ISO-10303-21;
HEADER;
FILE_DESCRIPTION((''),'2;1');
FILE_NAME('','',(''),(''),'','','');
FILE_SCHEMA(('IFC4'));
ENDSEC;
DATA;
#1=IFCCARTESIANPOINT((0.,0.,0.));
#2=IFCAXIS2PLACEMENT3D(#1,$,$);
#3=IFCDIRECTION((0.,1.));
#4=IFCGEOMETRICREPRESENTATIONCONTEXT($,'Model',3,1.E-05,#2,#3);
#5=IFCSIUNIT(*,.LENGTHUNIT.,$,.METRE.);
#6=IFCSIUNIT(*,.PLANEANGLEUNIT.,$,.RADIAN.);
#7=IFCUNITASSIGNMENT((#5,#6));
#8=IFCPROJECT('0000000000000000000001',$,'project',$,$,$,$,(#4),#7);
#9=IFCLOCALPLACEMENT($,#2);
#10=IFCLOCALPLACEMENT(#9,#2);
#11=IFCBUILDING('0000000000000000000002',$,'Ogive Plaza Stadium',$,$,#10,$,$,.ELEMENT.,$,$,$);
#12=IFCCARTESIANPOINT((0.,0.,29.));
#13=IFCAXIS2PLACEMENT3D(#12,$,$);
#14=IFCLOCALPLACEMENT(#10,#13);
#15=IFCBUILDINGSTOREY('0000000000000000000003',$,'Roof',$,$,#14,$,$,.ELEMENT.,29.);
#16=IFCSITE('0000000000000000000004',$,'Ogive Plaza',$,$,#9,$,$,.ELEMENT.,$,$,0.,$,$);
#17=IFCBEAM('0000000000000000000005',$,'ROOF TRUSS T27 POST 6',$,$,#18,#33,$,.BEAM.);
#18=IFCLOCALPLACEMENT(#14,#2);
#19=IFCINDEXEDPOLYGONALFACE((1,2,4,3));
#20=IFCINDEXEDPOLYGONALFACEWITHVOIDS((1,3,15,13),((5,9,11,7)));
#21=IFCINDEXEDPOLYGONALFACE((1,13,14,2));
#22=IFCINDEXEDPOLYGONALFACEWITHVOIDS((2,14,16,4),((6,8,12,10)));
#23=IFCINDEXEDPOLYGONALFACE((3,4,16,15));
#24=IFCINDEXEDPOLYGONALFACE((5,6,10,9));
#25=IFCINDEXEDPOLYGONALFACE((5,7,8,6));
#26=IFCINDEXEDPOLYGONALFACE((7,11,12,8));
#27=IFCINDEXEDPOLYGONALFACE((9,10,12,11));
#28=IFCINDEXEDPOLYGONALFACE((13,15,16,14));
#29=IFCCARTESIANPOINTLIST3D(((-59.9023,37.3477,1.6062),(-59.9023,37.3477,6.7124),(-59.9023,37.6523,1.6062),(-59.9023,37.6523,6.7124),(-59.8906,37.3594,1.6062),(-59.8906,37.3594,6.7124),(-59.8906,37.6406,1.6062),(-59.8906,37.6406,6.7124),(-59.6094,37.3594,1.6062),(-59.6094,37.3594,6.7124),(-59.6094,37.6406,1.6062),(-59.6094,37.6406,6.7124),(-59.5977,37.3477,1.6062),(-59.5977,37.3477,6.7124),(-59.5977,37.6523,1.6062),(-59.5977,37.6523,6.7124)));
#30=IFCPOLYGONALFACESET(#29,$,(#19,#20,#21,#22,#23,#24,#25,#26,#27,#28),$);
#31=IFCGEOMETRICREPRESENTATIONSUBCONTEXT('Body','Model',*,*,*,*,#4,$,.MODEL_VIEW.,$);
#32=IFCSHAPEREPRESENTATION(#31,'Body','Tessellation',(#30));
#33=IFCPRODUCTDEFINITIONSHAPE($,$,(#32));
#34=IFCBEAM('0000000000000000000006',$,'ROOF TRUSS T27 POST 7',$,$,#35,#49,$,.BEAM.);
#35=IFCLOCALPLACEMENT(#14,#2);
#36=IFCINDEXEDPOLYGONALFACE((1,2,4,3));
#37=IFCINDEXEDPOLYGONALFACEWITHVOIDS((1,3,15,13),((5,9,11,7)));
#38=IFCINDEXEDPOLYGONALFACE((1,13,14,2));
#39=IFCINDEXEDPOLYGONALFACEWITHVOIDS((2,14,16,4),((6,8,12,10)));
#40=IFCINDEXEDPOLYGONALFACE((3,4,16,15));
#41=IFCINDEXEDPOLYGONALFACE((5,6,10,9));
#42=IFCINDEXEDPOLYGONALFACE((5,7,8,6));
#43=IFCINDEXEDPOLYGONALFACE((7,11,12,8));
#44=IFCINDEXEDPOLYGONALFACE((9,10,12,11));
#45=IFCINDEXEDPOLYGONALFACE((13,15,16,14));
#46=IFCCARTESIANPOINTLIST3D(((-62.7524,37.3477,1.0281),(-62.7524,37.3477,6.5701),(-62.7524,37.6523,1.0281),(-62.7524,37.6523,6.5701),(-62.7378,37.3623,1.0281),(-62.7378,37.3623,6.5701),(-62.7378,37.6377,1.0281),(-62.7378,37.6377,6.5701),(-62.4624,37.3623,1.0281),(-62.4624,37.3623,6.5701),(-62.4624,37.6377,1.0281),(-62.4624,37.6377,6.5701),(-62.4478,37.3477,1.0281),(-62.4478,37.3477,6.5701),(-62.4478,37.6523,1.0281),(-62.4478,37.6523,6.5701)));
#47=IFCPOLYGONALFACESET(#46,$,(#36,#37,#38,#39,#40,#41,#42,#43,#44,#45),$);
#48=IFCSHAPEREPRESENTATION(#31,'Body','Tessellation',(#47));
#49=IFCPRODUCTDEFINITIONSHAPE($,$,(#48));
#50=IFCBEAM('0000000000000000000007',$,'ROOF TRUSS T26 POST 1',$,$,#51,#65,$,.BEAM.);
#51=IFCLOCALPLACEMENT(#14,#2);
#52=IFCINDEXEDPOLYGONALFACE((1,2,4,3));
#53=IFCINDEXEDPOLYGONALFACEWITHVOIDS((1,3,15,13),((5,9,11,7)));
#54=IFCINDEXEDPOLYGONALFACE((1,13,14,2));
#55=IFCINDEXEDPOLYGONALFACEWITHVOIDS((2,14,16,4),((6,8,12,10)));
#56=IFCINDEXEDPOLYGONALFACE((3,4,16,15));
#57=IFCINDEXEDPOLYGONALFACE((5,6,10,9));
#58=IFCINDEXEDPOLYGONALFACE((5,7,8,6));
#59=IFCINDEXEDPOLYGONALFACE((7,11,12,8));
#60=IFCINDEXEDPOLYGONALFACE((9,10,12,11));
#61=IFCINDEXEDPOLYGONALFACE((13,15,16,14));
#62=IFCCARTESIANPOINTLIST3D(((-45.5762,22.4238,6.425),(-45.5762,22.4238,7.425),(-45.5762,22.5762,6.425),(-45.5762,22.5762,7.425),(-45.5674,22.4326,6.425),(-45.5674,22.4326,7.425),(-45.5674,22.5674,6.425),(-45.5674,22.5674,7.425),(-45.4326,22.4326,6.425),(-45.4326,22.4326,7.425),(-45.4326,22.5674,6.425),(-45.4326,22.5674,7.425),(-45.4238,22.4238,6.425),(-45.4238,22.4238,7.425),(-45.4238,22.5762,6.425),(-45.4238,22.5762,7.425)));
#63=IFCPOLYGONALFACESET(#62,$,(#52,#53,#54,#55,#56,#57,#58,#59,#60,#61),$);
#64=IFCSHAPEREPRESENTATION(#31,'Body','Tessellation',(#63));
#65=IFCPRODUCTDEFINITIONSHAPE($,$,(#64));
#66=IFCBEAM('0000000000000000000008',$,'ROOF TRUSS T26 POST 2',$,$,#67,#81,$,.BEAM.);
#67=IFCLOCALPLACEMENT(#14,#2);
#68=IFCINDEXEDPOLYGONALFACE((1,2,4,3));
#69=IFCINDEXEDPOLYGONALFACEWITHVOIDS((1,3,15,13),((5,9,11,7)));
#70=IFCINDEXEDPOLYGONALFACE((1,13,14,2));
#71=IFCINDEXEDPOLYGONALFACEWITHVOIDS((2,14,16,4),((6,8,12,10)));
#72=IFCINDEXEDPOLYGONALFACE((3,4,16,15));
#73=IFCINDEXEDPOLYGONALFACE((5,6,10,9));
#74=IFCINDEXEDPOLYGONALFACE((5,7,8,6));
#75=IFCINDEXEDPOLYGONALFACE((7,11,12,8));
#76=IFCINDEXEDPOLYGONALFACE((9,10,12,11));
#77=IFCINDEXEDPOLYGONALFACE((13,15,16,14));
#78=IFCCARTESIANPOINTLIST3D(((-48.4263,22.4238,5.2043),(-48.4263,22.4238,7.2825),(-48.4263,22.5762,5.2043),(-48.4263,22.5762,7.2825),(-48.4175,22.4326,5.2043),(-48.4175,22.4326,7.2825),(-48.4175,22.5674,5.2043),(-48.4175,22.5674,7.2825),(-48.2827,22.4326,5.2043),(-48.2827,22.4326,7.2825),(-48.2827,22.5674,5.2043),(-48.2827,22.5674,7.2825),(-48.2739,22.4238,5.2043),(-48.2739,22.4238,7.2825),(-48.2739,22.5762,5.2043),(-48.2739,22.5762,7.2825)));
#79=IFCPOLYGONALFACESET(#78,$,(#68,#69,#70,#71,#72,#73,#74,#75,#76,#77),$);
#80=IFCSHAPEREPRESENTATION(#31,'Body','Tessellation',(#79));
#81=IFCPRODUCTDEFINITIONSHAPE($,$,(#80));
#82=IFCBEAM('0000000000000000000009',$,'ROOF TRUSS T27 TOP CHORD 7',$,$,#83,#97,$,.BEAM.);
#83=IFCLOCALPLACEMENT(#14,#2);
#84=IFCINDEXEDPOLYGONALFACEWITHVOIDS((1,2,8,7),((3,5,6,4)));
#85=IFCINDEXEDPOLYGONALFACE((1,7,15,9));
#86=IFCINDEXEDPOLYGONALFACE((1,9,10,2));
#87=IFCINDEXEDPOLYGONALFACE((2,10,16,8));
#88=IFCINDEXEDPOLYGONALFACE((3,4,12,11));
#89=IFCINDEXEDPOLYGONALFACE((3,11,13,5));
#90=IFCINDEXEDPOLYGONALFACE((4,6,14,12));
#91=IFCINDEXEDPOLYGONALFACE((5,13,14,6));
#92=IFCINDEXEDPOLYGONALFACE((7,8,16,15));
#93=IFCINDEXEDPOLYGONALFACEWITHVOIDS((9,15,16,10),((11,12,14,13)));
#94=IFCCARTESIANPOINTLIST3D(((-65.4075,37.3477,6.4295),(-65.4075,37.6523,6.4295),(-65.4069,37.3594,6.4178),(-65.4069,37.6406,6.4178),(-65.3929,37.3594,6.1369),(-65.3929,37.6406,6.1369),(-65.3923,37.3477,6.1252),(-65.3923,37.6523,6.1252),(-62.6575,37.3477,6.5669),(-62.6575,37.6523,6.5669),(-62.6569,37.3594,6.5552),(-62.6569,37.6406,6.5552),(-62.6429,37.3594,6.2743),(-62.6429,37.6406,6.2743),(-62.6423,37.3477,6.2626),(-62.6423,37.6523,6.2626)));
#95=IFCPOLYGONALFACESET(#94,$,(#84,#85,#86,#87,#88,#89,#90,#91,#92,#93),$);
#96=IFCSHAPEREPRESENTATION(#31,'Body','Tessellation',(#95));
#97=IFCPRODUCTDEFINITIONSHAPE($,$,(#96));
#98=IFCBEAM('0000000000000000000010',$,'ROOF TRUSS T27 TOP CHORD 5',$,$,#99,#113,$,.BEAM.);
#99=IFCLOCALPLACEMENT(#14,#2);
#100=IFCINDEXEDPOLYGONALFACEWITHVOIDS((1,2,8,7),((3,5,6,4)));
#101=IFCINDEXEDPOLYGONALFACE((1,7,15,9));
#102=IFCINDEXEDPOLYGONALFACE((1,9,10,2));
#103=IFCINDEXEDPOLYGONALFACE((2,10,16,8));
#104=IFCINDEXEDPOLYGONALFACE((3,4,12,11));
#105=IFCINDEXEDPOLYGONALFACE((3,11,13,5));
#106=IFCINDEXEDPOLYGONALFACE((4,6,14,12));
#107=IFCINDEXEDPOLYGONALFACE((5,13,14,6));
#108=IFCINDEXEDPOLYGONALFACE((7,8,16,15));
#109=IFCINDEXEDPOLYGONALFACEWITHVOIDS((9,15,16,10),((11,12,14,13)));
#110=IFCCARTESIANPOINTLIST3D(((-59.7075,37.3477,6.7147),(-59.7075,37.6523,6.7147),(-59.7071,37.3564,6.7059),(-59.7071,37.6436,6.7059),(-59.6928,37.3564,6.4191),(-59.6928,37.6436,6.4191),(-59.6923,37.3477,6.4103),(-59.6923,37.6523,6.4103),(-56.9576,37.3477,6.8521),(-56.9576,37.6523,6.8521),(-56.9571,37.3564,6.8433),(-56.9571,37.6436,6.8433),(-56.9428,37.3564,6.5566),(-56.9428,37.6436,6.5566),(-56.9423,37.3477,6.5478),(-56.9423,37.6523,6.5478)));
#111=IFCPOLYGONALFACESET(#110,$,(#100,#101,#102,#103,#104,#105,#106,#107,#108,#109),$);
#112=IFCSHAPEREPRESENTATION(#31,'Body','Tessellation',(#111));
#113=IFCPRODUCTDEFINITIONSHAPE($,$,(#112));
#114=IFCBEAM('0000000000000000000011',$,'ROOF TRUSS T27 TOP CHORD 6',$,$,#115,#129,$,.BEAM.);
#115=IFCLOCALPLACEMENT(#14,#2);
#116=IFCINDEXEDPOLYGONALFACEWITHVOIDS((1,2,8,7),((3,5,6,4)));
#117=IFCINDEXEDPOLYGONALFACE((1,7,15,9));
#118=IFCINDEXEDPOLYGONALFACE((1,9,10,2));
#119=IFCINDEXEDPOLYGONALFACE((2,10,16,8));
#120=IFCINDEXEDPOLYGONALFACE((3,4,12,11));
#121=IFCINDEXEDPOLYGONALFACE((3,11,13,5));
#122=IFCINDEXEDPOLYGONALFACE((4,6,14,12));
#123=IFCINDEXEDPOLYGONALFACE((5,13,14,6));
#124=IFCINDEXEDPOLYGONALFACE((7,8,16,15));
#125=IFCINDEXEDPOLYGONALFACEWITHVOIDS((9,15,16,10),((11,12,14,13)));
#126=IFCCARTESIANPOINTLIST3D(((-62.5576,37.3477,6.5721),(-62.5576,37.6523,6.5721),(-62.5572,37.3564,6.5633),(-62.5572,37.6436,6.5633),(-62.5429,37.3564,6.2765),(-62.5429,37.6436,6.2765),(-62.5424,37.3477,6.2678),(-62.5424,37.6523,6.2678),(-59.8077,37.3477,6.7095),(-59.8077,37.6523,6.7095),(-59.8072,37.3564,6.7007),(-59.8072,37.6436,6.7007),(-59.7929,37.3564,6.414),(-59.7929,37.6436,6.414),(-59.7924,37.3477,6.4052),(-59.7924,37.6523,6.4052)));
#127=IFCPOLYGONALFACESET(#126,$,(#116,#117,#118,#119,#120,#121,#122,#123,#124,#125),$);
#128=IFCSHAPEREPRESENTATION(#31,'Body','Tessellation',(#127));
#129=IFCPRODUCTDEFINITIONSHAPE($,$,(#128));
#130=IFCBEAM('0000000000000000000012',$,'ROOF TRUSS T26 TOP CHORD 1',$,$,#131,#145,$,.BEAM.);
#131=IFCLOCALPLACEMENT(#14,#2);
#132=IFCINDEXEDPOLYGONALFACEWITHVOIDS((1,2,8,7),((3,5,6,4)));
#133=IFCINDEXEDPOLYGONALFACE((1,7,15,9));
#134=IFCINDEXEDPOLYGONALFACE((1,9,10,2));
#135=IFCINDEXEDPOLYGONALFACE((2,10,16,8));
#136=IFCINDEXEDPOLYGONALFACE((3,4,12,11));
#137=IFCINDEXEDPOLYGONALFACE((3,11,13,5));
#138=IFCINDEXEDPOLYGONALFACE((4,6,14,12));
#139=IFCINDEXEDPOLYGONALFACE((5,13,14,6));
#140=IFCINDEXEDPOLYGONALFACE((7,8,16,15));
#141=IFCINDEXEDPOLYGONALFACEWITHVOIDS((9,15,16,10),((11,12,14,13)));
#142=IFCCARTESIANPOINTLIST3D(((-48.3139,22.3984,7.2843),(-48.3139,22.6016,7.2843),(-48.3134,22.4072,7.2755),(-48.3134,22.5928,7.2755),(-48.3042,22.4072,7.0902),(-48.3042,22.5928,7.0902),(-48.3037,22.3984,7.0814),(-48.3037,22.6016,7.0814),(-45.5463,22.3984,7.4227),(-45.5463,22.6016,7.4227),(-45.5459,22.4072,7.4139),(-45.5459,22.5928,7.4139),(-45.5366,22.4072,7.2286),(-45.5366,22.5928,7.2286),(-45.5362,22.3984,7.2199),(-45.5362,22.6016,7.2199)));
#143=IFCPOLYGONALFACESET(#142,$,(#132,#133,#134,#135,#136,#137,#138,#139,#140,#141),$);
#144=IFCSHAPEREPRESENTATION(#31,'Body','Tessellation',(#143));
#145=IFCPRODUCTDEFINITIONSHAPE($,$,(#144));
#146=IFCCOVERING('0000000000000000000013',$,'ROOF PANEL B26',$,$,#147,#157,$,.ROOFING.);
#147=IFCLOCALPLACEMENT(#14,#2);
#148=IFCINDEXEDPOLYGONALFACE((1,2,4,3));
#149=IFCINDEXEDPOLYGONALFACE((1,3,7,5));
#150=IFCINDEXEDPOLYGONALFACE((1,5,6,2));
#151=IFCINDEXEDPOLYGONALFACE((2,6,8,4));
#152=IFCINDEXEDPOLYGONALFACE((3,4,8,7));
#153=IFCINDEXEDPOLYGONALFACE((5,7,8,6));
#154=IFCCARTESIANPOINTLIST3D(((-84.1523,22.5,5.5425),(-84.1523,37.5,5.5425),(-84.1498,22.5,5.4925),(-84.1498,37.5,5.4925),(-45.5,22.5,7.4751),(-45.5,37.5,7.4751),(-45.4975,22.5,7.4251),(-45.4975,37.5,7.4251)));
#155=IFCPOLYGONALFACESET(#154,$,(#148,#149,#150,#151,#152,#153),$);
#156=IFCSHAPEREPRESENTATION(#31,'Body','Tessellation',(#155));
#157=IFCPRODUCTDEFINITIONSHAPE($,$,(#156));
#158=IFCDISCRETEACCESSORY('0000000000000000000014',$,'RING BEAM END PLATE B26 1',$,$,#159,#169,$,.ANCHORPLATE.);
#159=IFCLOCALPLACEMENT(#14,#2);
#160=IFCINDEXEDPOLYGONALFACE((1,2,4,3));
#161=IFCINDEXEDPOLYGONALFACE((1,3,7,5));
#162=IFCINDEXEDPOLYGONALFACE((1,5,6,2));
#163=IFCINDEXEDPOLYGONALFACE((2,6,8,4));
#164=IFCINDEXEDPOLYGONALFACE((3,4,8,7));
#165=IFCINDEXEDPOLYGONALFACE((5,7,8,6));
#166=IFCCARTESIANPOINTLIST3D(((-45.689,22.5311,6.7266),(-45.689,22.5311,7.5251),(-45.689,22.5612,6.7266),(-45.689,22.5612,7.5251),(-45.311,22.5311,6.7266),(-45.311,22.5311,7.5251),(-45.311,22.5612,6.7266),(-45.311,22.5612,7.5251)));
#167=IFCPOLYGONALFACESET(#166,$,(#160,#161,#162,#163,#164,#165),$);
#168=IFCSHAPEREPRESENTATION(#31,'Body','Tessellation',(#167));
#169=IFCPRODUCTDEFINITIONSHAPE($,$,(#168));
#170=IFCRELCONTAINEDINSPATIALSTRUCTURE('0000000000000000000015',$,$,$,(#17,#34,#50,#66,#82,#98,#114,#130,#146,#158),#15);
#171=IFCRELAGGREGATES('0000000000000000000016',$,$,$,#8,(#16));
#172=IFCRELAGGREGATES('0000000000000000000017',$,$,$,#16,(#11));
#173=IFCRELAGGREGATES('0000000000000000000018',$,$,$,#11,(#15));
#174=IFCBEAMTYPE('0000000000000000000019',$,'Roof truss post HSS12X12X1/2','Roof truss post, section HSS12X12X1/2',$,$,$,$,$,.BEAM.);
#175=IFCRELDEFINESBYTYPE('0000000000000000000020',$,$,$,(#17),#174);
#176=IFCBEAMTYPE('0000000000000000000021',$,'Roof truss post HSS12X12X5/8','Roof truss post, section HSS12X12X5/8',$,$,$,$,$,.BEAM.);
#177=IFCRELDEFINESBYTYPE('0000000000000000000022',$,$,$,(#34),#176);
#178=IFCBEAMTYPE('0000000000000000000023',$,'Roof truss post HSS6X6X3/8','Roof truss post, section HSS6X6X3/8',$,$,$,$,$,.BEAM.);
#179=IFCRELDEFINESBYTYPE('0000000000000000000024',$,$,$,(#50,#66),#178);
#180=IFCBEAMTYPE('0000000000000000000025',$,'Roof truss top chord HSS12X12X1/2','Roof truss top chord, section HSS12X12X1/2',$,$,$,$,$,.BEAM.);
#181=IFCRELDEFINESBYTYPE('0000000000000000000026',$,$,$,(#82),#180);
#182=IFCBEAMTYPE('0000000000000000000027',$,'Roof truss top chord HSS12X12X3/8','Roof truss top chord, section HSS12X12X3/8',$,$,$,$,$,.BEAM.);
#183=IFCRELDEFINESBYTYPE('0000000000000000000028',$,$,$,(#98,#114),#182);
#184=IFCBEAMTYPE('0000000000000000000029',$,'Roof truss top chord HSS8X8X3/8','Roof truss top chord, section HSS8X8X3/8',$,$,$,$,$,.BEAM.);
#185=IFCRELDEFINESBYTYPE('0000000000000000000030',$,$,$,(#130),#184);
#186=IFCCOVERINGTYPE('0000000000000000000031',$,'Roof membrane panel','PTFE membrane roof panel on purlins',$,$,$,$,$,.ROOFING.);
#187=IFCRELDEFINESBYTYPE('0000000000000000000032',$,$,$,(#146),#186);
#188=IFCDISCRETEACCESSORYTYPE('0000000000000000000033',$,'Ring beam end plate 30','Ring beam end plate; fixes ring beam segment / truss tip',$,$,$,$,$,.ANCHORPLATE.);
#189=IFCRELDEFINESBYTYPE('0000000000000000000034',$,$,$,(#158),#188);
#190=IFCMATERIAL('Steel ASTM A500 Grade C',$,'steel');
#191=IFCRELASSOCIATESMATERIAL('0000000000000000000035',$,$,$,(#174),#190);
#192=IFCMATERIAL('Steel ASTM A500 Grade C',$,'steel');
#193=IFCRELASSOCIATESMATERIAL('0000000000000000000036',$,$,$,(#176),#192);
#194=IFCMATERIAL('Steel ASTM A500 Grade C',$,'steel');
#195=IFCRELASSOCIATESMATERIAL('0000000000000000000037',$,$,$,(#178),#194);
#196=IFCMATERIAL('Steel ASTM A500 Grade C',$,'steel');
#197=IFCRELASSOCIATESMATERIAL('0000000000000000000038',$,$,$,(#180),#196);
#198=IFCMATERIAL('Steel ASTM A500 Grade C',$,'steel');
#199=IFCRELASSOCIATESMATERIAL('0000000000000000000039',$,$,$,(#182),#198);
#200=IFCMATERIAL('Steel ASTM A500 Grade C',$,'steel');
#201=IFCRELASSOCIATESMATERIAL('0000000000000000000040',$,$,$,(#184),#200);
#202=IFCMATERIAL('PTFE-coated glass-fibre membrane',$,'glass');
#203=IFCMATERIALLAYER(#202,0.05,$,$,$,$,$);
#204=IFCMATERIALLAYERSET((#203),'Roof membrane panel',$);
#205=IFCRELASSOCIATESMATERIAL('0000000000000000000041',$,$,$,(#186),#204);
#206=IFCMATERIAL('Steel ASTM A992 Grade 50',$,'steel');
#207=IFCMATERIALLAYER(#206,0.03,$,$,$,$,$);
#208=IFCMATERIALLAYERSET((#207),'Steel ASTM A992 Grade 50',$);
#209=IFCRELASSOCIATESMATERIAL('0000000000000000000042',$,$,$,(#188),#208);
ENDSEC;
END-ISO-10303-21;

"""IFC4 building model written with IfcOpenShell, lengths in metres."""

from ifc_helpers import new_model, si_unit, direction, frame, origin, origin_2d, place, context, subcontext, project, spatial, polyline, rectangle, hollow_rectangle, outline, extrude, material, layer, layer_set, material_profile, profile_set, type_object, element, save


model = new_model("IFC4")

# Units and contexts
model_context = context("Model", 3, precision=1e-05, world=origin(), true_north=direction((0.0, 1.0)))
body_context = subcontext(model_context, "Body", "Model", "MODEL_VIEW")
ifc_project = project(units=[si_unit("LENGTHUNIT", "METRE"), si_unit("PLANEANGLEUNIT", "RADIAN")], contexts=[model_context])

# Site, building, storey
site_placement = place(None, origin())
site = spatial("IfcSite", under=ifc_project, at=site_placement, Name="Ogive Plaza", CompositionType="ELEMENT", RefElevation=0.0)
building_placement = place(site_placement, origin())
building = spatial("IfcBuilding", under=site, at=building_placement, Name="Ogive Plaza Stadium", CompositionType="ELEMENT")
storey_placement = place(building_placement, frame((0.0, 0.0, 29.0)))
storey = spatial("IfcBuildingStorey", under=building, at=storey_placement, Name="Roof", CompositionType="ELEMENT", Elevation=29.0)

# Beams
ifc_material_1 = material(Name="Steel ASTM A500 Grade C", Category="steel")
ifc_material_profile_1 = material_profile(ifc_material_1, hollow_rectangle(XDim=0.3047, YDim=0.3047, WallThickness=0.0117, at=origin_2d()), Name="HSS12X12X1/2")
ifc_profile_set_1 = profile_set([ifc_material_profile_1], Name="Steel ASTM A500 Grade C")
beam_type_1 = type_object("IfcBeamType", Name="Roof truss post HSS12X12X1/2", Description="Roof truss post, section HSS12X12X1/2", PredefinedType="BEAM", material=ifc_profile_set_1)
beam_1_placement = place(storey_placement, frame((-59.75, 37.5, 1.6062), z_axis=(0.0, 0.0, 1.0), x_axis=(0.0, -1.0, 0.0)))
element("IfcBeam", 1, at=beam_1_placement, inside=storey, type_object=beam_type_1, Name="ROOF TRUSS T27 POST 6", PredefinedType="BEAM", context=body_context, shape_type="SweptSolid", body=[
    extrude(hollow_rectangle(XDim=0.3047, YDim=0.3047, WallThickness=0.0117, at=origin_2d()), origin(), (0.0, 0.0, 1.0), 5.1062),
])
ifc_material_2 = material(Name="Steel ASTM A500 Grade C", Category="steel")
ifc_material_profile_2 = material_profile(ifc_material_2, hollow_rectangle(XDim=0.3047, YDim=0.3047, WallThickness=0.0146, at=origin_2d()), Name="HSS12X12X5/8")
ifc_profile_set_2 = profile_set([ifc_material_profile_2], Name="Steel ASTM A500 Grade C")
beam_type_2 = type_object("IfcBeamType", Name="Roof truss post HSS12X12X5/8", Description="Roof truss post, section HSS12X12X5/8", PredefinedType="BEAM", material=ifc_profile_set_2)
beam_2_placement = place(storey_placement, frame((-62.6001, 37.5, 1.0281), z_axis=(0.0, 0.0, 1.0), x_axis=(0.0, -1.0, 0.0)))
element("IfcBeam", 2, at=beam_2_placement, inside=storey, type_object=beam_type_2, Name="ROOF TRUSS T27 POST 7", PredefinedType="BEAM", context=body_context, shape_type="SweptSolid", body=[
    extrude(hollow_rectangle(XDim=0.3047, YDim=0.3047, WallThickness=0.0146, at=origin_2d()), origin(), (0.0, 0.0, 1.0), 5.542),
])
ifc_material_3 = material(Name="Steel ASTM A500 Grade C", Category="steel")
ifc_material_profile_3 = material_profile(ifc_material_3, hollow_rectangle(XDim=0.1523, YDim=0.1523, WallThickness=0.0088, at=origin_2d()), Name="HSS6X6X3/8")
ifc_profile_set_3 = profile_set([ifc_material_profile_3], Name="Steel ASTM A500 Grade C")
beam_type_3 = type_object("IfcBeamType", Name="Roof truss post HSS6X6X3/8", Description="Roof truss post, section HSS6X6X3/8", PredefinedType="BEAM", material=ifc_profile_set_3)
beam_3_placement = place(storey_placement, frame((-45.5, 22.5, 6.425), z_axis=(0.0, 0.0, 1.0), x_axis=(0.0, -1.0, 0.0)))
element("IfcBeam", 3, at=beam_3_placement, inside=storey, type_object=beam_type_3, Name="ROOF TRUSS T26 POST 1", PredefinedType="BEAM", context=body_context, shape_type="SweptSolid", body=[
    extrude(hollow_rectangle(XDim=0.1523, YDim=0.1523, WallThickness=0.0088, at=origin_2d()), origin(), (0.0, 0.0, 1.0), 1.0),
])
beam_4_placement = place(storey_placement, frame((-48.3501, 22.5, 5.2043), z_axis=(0.0, 0.0, 1.0), x_axis=(0.0, -1.0, 0.0)))
element("IfcBeam", 4, at=beam_4_placement, inside=storey, type_object=beam_type_3, Name="ROOF TRUSS T26 POST 2", PredefinedType="BEAM", context=body_context, shape_type="SweptSolid", body=[
    extrude(hollow_rectangle(XDim=0.1523, YDim=0.1523, WallThickness=0.0088, at=origin_2d()), origin(), (0.0, 0.0, 1.0), 2.0781),
])
ifc_material_4 = material(Name="Steel ASTM A500 Grade C", Category="steel")
ifc_material_profile_4 = material_profile(ifc_material_4, hollow_rectangle(XDim=0.3047, YDim=0.3047, WallThickness=0.0117, at=origin_2d()), Name="HSS12X12X1/2")
ifc_profile_set_4 = profile_set([ifc_material_profile_4], Name="Steel ASTM A500 Grade C")
beam_type_4 = type_object("IfcBeamType", Name="Roof truss top chord HSS12X12X1/2", Description="Roof truss top chord, section HSS12X12X1/2", PredefinedType="BEAM", material=ifc_profile_set_4)
beam_5_placement = place(storey_placement, frame((-62.6499, 37.5, 6.4148), z_axis=(-0.998753, 0.0, -0.04992), x_axis=(0.0, -1.0, 0.0)))
element("IfcBeam", 5, at=beam_5_placement, inside=storey, type_object=beam_type_4, Name="ROOF TRUSS T27 TOP CHORD 7", PredefinedType="BEAM", context=body_context, shape_type="SweptSolid", body=[
    extrude(hollow_rectangle(XDim=0.3047, YDim=0.3047, WallThickness=0.0117, at=origin_2d()), origin(), (0.0, 0.0, 1.0), 2.7534),
])
ifc_material_5 = material(Name="Steel ASTM A500 Grade C", Category="steel")
ifc_material_profile_5 = material_profile(ifc_material_5, hollow_rectangle(XDim=0.3047, YDim=0.3047, WallThickness=0.0088, at=origin_2d()), Name="HSS12X12X3/8")
ifc_profile_set_5 = profile_set([ifc_material_profile_5], Name="Steel ASTM A500 Grade C")
beam_type_5 = type_object("IfcBeamType", Name="Roof truss top chord HSS12X12X3/8", Description="Roof truss top chord, section HSS12X12X3/8", PredefinedType="BEAM", material=ifc_profile_set_5)
for number, where, z_axis, x_axis, name in (
    (6, (-56.95, 37.5, 6.7), (-0.998753, 0.0, -0.04992), (0.0, -1.0, 0.0), "ROOF TRUSS T27 TOP CHORD 5"),
    (7, (-59.8, 37.5, 6.5574), (-0.998753, 0.0, -0.04992), (0.0, -1.0, 0.0), "ROOF TRUSS T27 TOP CHORD 6"),
):
    element("IfcBeam", number, at=place(storey_placement, frame(where, z_axis=z_axis, x_axis=x_axis)), inside=storey, type_object=beam_type_5, Name=name, PredefinedType="BEAM", context=body_context, shape_type="SweptSolid", body=[
        extrude(hollow_rectangle(XDim=0.3047, YDim=0.3047, WallThickness=0.0088, at=origin_2d()), origin(), (0.0, 0.0, 1.0), 2.7534),
    ])
ifc_material_6 = material(Name="Steel ASTM A500 Grade C", Category="steel")
ifc_material_profile_6 = material_profile(ifc_material_6, hollow_rectangle(XDim=0.2031, YDim=0.2031, WallThickness=0.0088, at=origin_2d()), Name="HSS8X8X3/8")
ifc_profile_set_6 = profile_set([ifc_material_profile_6], Name="Steel ASTM A500 Grade C")
beam_type_6 = type_object("IfcBeamType", Name="Roof truss top chord HSS8X8X3/8", Description="Roof truss top chord, section HSS8X8X3/8", PredefinedType="BEAM", material=ifc_profile_set_6)
beam_6_placement = place(storey_placement, frame((-45.5413, 22.5, 7.3213), z_axis=(-0.998751, 0.0, -0.049955), x_axis=(0.0, -1.0, 0.0)))
element("IfcBeam", 8, at=beam_6_placement, inside=storey, type_object=beam_type_6, Name="ROOF TRUSS T26 TOP CHORD 1", PredefinedType="BEAM", context=body_context, shape_type="SweptSolid", body=[
    extrude(hollow_rectangle(XDim=0.2031, YDim=0.2031, WallThickness=0.0088, at=origin_2d()), origin(), (0.0, 0.0, 1.0), 2.771),
])

# Covering
ifc_material_7 = material(Name="PTFE-coated glass-fibre membrane", Category="glass")
ifc_layer_1 = layer(ifc_material_7, 0.05)
ifc_layer_set_1 = layer_set([ifc_layer_1], Name="Roof membrane panel")
covering_type = type_object("IfcCoveringType", Name="Roof membrane panel", Description="PTFE membrane roof panel on purlins", PredefinedType="ROOFING", material=ifc_layer_set_1)
covering_placement = place(storey_placement, frame((-45.5, 22.5, 7.4751), z_axis=(-0.049938, 0.0, 0.998752), x_axis=(-0.998752, 0.0, -0.049938)))
element("IfcCovering", 9, at=covering_placement, inside=storey, type_object=covering_type, Name="ROOF PANEL B26", PredefinedType="ROOFING", context=body_context, shape_type="SweptSolid", body=[
    extrude(outline(polyline([(0.0, 0.0), (38.7006, 0.0), (38.7006, -15.0), (0.0, -15.0), (0.0, 0.0)])), origin(), (0.0, 0.0, -1.0), 0.05),
])

# Discrete accessory
ifc_material_8 = material(Name="Steel ASTM A992 Grade 50", Category="steel")
ifc_layer_2 = layer(ifc_material_8, 0.03)
ifc_layer_set_2 = layer_set([ifc_layer_2], Name="Steel ASTM A992 Grade 50")
discrete_accessory_type = type_object("IfcDiscreteAccessoryType", Name="Ring beam end plate 30", Description="Ring beam end plate; fixes ring beam segment / truss tip", PredefinedType="ANCHORPLATE", material=ifc_layer_set_2)
for number, where, z_axis, x_axis, name in (
    (10, (-45.5, 22.5461, 6.7266), (0.0, 0.0, 1.0), (0.0, 1.0, 0.0), "RING BEAM END PLATE B26 1"),
):
    element("IfcDiscreteAccessory", number, at=place(storey_placement, frame(where, z_axis=z_axis, x_axis=x_axis)), inside=storey, type_object=discrete_accessory_type, Name=name, PredefinedType="ANCHORPLATE", context=body_context, shape_type="SweptSolid", body=[
        extrude(rectangle(XDim=0.03, YDim=0.3779, at=origin_2d()), origin(), (0.0, 0.0, 1.0), 0.7986),
    ])

save(model, "model.ifc")
